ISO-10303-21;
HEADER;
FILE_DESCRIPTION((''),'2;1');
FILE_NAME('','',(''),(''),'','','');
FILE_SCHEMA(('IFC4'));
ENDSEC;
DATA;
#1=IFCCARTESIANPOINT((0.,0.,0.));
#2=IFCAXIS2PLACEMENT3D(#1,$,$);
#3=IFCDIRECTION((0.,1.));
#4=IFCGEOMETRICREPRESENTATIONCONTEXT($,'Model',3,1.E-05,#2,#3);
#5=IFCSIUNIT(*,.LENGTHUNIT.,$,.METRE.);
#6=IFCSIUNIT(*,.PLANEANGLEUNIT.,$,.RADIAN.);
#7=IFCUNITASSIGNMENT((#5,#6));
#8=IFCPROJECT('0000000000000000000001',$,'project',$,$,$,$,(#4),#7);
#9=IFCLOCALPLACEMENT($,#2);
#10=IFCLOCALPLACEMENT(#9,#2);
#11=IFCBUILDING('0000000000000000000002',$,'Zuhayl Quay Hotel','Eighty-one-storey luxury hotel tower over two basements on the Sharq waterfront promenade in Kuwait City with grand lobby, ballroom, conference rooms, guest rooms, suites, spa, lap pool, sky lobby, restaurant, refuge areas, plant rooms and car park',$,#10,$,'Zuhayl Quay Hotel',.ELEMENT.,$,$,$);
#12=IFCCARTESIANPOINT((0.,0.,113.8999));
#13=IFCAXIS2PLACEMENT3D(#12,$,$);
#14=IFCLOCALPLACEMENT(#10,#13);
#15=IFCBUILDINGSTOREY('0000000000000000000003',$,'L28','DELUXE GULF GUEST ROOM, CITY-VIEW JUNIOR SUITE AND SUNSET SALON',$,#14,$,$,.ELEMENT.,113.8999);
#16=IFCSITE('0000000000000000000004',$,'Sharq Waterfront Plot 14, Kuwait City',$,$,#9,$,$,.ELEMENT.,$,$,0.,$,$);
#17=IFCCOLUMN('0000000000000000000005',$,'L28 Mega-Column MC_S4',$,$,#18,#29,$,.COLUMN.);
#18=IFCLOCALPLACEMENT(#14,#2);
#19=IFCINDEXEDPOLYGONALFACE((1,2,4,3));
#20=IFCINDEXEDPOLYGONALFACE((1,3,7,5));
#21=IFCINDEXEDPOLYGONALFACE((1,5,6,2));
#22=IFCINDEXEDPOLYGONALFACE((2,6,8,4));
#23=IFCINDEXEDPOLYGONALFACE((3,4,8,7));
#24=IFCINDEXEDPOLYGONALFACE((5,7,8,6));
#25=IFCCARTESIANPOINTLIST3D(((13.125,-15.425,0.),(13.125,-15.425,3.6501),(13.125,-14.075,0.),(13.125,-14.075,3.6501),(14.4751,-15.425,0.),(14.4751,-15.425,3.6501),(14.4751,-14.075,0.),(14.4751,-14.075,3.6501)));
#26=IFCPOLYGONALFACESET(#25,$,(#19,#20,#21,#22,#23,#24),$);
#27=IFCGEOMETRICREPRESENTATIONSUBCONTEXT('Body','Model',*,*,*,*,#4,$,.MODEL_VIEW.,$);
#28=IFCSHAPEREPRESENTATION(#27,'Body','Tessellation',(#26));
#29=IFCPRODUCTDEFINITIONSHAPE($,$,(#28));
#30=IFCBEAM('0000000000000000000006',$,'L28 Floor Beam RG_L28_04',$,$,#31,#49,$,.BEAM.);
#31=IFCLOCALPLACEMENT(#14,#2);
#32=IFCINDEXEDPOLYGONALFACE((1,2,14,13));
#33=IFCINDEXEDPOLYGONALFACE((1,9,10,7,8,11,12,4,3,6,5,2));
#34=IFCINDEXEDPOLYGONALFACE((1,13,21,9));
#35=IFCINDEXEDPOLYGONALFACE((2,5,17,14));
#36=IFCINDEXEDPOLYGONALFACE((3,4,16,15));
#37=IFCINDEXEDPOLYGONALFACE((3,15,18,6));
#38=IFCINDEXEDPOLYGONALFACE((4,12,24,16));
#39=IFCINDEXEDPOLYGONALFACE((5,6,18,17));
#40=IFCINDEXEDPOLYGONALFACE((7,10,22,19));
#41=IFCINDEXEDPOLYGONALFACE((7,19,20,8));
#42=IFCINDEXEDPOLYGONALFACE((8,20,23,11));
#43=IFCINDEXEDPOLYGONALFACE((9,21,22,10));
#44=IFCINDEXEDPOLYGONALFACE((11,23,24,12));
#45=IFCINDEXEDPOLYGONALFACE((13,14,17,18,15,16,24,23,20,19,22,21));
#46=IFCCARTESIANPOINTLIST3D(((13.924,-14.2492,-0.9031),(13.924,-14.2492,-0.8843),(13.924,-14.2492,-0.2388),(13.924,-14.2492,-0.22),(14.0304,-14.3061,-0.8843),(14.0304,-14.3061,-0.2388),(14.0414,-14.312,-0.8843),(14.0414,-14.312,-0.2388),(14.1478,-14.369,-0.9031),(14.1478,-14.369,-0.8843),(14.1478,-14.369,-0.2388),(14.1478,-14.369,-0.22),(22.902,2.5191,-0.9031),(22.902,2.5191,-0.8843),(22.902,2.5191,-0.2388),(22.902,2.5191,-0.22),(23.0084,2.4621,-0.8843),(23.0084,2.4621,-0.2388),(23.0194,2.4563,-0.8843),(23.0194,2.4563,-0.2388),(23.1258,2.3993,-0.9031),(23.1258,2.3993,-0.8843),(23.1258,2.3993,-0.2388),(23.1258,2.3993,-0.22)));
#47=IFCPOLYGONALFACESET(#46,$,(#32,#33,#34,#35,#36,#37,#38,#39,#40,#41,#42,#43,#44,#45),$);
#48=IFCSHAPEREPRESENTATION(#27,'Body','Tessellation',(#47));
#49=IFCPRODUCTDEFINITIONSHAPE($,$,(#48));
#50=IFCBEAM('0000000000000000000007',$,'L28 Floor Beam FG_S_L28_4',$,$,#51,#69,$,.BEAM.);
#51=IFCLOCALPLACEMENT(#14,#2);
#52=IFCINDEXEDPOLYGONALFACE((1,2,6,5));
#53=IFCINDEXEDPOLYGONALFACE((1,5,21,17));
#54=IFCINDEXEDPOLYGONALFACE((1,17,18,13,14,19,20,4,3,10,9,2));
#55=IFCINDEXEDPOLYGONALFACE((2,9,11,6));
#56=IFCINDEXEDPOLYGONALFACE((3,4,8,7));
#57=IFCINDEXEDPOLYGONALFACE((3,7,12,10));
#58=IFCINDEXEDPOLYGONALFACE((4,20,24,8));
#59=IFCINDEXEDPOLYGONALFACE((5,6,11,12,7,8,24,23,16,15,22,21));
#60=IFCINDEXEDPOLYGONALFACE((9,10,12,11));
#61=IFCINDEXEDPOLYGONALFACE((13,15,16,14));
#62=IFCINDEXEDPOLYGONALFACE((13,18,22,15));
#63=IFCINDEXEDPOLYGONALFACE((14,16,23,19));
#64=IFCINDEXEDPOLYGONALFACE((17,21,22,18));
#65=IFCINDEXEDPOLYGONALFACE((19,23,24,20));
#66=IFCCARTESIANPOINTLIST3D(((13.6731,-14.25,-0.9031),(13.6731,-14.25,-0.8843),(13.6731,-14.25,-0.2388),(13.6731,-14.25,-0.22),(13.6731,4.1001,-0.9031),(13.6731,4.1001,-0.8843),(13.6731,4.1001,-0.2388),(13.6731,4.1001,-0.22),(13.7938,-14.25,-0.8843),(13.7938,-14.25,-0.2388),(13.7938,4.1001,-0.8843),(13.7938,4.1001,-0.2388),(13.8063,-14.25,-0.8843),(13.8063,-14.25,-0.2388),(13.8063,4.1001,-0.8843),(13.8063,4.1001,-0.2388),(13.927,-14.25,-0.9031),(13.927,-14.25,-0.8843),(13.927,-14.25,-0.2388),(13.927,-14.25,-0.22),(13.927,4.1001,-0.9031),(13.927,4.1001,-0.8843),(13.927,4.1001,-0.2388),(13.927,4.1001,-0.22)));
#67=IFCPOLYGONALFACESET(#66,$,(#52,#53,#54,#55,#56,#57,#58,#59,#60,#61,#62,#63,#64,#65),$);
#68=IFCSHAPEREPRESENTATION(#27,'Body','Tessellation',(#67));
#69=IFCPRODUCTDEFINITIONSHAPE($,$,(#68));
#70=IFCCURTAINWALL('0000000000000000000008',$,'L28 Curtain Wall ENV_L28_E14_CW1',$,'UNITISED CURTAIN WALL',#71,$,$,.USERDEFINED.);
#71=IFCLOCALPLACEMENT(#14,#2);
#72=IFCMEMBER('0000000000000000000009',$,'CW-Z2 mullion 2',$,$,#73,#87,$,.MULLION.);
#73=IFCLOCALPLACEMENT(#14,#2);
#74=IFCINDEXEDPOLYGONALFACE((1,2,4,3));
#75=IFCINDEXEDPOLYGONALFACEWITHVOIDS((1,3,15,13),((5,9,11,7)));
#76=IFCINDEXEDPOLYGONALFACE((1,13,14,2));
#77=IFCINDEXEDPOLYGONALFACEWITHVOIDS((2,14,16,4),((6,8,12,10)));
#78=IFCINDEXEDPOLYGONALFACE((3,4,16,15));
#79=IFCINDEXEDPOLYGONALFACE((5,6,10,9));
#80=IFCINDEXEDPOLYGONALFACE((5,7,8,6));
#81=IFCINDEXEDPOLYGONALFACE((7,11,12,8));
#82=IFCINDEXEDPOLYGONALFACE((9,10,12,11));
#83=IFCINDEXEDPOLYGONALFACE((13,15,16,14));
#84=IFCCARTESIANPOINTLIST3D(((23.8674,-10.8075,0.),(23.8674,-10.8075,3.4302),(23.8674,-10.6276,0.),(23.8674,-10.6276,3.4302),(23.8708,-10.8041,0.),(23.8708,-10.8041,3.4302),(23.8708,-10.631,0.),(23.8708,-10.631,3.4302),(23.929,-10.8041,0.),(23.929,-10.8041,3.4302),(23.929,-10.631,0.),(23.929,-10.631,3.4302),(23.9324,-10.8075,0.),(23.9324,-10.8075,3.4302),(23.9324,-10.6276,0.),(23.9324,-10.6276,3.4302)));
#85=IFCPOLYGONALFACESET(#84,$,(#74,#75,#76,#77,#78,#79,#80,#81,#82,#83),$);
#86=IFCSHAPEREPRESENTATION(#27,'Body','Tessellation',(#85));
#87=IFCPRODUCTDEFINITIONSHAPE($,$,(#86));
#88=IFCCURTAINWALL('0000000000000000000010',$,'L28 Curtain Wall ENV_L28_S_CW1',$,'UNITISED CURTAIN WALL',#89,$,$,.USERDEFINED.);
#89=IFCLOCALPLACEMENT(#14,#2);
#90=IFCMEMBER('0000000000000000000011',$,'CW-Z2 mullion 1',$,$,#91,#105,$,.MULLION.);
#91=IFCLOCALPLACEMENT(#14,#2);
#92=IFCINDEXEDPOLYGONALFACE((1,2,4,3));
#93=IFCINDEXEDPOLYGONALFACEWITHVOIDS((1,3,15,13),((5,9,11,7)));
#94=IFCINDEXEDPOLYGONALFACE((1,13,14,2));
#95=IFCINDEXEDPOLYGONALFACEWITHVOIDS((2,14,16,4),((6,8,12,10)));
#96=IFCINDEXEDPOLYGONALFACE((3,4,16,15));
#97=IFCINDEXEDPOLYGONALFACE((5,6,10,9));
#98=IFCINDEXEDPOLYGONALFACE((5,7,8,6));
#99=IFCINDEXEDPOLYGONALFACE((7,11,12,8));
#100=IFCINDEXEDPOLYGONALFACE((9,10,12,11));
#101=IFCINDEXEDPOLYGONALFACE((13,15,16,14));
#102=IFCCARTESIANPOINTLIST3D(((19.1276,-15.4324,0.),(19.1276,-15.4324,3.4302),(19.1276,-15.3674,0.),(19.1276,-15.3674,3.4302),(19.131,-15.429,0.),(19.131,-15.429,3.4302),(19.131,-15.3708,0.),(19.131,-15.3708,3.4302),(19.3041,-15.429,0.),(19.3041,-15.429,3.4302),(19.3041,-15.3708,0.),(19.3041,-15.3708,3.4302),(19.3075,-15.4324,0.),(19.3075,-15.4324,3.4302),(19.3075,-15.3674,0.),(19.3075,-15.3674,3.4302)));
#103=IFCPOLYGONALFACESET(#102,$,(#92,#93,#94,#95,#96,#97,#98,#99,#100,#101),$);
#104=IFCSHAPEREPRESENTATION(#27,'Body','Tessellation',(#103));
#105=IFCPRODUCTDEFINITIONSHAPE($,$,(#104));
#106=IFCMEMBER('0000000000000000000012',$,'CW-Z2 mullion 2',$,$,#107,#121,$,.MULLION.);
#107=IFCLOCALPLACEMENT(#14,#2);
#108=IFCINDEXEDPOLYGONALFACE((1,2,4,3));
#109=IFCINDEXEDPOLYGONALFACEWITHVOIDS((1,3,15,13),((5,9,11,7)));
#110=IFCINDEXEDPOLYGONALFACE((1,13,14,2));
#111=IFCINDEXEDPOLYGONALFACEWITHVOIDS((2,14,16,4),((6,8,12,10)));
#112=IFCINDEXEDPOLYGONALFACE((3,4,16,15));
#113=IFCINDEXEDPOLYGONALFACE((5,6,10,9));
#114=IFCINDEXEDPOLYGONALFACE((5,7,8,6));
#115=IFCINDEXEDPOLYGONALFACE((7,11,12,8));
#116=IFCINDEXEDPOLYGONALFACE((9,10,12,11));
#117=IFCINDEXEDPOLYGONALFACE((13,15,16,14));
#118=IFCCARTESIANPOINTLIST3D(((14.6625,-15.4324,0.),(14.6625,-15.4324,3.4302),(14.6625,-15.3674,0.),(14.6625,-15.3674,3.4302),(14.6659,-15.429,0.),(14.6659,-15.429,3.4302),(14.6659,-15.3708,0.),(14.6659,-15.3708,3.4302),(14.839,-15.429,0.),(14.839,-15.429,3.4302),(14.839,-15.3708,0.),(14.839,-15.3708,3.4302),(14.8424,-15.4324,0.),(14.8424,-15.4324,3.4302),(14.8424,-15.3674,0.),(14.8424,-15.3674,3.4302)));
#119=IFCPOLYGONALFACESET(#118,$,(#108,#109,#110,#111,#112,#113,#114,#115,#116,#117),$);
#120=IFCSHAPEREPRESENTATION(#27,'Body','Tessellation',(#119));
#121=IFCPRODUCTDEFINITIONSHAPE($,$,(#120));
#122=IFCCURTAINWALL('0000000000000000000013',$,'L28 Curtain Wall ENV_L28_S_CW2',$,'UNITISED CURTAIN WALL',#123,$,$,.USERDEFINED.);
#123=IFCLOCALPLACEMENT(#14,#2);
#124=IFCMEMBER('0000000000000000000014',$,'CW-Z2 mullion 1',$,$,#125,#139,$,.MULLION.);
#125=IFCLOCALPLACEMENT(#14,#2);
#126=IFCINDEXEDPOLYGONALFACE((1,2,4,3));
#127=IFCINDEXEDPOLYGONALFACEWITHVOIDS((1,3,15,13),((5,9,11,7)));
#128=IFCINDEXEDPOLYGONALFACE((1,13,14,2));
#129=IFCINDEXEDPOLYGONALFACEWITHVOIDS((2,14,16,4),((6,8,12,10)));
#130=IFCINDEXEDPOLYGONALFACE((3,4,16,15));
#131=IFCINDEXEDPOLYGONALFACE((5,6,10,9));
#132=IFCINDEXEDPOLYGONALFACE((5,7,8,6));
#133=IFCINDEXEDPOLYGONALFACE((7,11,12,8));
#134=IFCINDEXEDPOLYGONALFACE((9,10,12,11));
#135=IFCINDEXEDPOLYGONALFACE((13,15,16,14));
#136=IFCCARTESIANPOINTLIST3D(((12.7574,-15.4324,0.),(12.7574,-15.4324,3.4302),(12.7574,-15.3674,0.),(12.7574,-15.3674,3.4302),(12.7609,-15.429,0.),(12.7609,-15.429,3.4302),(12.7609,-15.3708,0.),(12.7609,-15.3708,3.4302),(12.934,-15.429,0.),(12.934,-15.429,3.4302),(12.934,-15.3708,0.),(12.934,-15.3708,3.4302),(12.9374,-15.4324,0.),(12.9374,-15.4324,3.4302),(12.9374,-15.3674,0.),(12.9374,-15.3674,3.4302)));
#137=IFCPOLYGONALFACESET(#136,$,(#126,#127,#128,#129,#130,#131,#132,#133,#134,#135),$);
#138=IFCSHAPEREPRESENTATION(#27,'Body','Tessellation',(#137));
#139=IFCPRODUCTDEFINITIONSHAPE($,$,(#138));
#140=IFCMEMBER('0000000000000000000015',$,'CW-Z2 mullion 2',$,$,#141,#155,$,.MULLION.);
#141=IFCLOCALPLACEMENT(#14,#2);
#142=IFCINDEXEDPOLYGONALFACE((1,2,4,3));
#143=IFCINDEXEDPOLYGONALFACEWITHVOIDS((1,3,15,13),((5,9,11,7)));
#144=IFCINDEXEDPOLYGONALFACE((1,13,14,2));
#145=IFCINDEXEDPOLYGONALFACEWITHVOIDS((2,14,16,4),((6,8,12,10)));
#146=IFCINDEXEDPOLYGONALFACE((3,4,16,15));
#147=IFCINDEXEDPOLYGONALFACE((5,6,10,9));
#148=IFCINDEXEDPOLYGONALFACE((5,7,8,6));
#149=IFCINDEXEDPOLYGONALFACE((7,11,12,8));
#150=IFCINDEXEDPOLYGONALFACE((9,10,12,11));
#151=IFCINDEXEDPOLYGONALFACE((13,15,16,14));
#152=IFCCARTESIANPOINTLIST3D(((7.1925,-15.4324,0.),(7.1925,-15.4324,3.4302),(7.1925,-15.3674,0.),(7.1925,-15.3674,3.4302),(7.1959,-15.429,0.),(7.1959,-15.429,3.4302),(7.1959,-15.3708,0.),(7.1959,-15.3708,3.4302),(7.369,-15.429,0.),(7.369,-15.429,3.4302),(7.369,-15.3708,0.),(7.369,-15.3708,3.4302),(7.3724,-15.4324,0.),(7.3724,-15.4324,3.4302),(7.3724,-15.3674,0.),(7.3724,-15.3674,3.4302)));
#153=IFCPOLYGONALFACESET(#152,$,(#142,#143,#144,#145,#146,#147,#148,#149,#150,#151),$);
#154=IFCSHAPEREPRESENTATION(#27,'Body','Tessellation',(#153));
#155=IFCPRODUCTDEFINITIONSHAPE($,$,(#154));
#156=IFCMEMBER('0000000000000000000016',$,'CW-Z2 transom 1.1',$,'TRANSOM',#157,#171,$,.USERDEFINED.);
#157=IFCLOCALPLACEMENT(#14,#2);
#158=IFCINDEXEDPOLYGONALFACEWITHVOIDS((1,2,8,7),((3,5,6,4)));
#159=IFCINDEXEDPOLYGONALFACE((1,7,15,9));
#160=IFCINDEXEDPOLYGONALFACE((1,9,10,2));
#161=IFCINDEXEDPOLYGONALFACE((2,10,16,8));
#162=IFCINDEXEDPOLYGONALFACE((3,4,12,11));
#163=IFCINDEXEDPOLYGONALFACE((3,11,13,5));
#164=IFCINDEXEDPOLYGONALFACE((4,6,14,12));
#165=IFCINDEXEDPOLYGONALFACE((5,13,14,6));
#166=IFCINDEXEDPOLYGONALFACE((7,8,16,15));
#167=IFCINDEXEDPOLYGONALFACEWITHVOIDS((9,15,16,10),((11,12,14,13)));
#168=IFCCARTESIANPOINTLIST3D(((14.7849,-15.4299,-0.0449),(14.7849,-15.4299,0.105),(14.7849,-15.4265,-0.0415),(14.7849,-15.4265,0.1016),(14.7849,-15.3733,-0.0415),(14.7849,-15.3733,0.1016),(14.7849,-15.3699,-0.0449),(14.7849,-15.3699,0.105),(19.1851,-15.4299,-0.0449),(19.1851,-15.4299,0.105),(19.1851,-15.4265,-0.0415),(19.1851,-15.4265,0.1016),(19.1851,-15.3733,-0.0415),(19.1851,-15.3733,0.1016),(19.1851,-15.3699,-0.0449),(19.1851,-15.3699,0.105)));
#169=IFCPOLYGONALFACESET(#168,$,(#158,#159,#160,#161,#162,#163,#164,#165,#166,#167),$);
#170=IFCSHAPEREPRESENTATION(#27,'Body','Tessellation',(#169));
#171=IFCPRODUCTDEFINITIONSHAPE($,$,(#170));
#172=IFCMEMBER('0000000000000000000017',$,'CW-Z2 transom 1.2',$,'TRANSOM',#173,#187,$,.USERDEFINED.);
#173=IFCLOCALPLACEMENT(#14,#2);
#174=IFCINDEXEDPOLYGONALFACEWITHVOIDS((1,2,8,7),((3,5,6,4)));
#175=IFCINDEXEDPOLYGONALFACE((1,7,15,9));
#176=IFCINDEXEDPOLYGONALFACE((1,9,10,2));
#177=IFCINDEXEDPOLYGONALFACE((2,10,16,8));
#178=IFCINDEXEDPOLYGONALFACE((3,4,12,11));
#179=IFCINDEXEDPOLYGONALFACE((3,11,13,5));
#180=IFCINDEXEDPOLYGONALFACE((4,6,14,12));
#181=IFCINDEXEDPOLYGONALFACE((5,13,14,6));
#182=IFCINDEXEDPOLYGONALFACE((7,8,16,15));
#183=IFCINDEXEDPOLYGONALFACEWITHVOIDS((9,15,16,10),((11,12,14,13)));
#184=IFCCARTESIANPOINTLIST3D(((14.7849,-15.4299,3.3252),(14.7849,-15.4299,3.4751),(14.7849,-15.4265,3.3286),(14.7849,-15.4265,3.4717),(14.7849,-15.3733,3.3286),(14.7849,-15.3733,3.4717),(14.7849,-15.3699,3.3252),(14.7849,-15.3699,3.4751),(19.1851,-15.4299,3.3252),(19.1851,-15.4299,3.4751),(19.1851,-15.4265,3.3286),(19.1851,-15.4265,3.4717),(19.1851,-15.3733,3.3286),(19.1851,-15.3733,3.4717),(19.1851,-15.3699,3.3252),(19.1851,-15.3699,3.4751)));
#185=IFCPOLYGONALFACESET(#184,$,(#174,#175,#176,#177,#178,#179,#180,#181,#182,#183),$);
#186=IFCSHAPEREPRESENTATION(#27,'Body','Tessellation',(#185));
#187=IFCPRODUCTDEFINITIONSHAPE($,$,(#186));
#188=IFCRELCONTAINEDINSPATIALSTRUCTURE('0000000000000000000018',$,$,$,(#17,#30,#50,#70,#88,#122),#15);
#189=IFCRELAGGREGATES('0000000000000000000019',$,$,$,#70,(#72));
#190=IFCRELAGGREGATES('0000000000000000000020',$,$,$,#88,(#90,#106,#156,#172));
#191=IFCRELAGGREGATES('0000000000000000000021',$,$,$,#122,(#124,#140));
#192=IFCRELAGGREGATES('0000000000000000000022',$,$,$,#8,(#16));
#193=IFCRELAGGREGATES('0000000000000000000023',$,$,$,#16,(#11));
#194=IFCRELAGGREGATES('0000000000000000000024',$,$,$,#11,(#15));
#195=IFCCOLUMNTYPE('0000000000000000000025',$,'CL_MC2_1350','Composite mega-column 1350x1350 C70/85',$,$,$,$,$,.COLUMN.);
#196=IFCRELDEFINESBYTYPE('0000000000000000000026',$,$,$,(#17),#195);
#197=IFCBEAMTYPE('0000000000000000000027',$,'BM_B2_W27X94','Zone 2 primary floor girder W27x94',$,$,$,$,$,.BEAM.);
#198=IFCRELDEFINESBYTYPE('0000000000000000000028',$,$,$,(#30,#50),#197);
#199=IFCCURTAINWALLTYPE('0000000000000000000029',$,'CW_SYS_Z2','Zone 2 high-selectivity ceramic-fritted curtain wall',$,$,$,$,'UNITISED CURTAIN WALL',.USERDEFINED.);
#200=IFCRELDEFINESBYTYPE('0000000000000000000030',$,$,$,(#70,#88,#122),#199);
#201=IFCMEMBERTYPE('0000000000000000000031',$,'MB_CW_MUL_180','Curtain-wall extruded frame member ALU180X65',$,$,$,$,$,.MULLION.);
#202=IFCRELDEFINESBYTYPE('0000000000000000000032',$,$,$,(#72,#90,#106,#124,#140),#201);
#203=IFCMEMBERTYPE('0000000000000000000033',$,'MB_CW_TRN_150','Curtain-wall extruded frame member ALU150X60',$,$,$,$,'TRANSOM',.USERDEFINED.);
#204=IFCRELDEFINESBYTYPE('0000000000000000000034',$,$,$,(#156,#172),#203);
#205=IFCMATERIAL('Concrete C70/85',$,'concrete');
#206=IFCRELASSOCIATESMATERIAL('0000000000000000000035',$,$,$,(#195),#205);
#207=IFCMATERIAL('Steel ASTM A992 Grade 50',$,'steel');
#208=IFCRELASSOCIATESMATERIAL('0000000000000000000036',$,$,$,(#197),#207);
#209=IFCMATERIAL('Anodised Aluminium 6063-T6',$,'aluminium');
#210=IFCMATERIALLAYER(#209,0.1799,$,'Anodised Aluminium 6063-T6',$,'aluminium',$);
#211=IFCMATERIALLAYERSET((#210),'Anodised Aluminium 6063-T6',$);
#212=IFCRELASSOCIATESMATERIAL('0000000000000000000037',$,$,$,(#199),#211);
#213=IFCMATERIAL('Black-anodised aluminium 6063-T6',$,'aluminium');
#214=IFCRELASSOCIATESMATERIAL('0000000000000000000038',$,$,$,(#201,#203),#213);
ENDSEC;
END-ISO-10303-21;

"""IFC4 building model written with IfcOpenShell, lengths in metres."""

from ifc_helpers import new_model, si_unit, direction, frame, origin, origin_2d, place, context, subcontext, project, spatial, rectangle, hollow_rectangle, i_section, extrude, material, layer, layer_set, material_profile, profile_set, type_object, element, aggregate, save


model = new_model("IFC4")

# Units and contexts
model_context = context("Model", 3, precision=1e-05, world=origin(), true_north=direction((0.0, 1.0)))
body_context = subcontext(model_context, "Body", "Model", "MODEL_VIEW")
ifc_project = project(units=[si_unit("LENGTHUNIT", "METRE"), si_unit("PLANEANGLEUNIT", "RADIAN")], contexts=[model_context])

# Site, building, storey
site_placement = place(None, origin())
site = spatial("IfcSite", under=ifc_project, at=site_placement, Name="Sharq Waterfront Plot 14, Kuwait City", CompositionType="ELEMENT", RefElevation=0.0)
building_placement = place(site_placement, origin())
building = spatial("IfcBuilding", under=site, at=building_placement, Name="Zuhayl Quay Hotel", Description="Eighty-one-storey luxury hotel tower over two basements on the Sharq waterfront promenade in Kuwait City with grand lobby, ballroom, conference rooms, guest rooms, suites, spa, lap pool, sky lobby, restaurant, refuge areas, plant rooms and car park", LongName="Zuhayl Quay Hotel", CompositionType="ELEMENT")
storey_placement = place(building_placement, frame((0.0, 0.0, 113.8999)))
storey = spatial("IfcBuildingStorey", under=building, at=storey_placement, Name="L28", Description="DELUXE GULF GUEST ROOM, CITY-VIEW JUNIOR SUITE AND SUNSET SALON", CompositionType="ELEMENT", Elevation=113.8999)

# Column
ifc_material_1 = material(Name="Concrete C70/85", Category="concrete")
ifc_material_profile_1 = material_profile(ifc_material_1, rectangle(XDim=1.3501, YDim=1.3501, at=origin_2d()), Name="RC1350X1350")
ifc_profile_set_1 = profile_set([ifc_material_profile_1], Name="Concrete C70/85")
column_type = type_object("IfcColumnType", Name="CL_MC2_1350", Description="Composite mega-column 1350x1350 C70/85", PredefinedType="COLUMN", material=ifc_profile_set_1)
column_placement = place(storey_placement, frame((13.8, -14.75, 0.0), z_axis=(0.0, 0.0, 1.0), x_axis=(1.0, 0.0, 0.0)))
element("IfcColumn", 1, at=column_placement, inside=storey, type_object=column_type, Name="L28 Mega-Column MC_S4", PredefinedType="COLUMN", context=body_context, shape_type="SweptSolid", body=[
    extrude(rectangle(XDim=1.3501, YDim=1.3501, at=origin_2d()), origin(), (0.0, 0.0, 1.0), 3.6501),
])

# Beams
ifc_material_2 = material(Name="Steel ASTM A992 Grade 50", Category="steel")
ifc_material_profile_2 = material_profile(ifc_material_2, i_section(OverallWidth=0.2539, OverallDepth=0.6831, WebThickness=0.0125, FlangeThickness=0.0188, at=origin_2d()), Name="W27X94")
ifc_profile_set_2 = profile_set([ifc_material_profile_2], Name="Steel ASTM A992 Grade 50")
beam_type = type_object("IfcBeamType", Name="BM_B2_W27X94", Description="Zone 2 primary floor girder W27x94", PredefinedType="BEAM", material=ifc_profile_set_2)
beam_1_placement = place(storey_placement, frame((14.0359, -14.3091, -0.5615), z_axis=(0.472017, 0.881589, 0.0), x_axis=(-0.881589, 0.472017, 0.0)))
element("IfcBeam", 2, at=beam_1_placement, inside=storey, type_object=beam_type, Name="L28 Floor Beam RG_L28_04", PredefinedType="BEAM", context=body_context, shape_type="SweptSolid", body=[
    extrude(i_section(OverallWidth=0.2539, OverallDepth=0.6831, WebThickness=0.0125, FlangeThickness=0.0188, at=origin_2d()), origin(), (0.0, 0.0, 1.0), 19.0205),
])
beam_2_placement = place(storey_placement, frame((13.8, -14.25, -0.5615), z_axis=(0.0, 1.0, 0.0), x_axis=(-1.0, 0.0, 0.0)))
element("IfcBeam", 3, at=beam_2_placement, inside=storey, type_object=beam_type, Name="L28 Floor Beam FG_S_L28_4", PredefinedType="BEAM", context=body_context, shape_type="SweptSolid", body=[
    extrude(i_section(OverallWidth=0.2539, OverallDepth=0.6831, WebThickness=0.0125, FlangeThickness=0.0188, at=origin_2d()), origin(), (0.0, 0.0, 1.0), 18.3501),
])

# Curtain wall, member
ifc_material_3 = material(Name="Anodised Aluminium 6063-T6", Category="aluminium")
ifc_layer_1 = layer(ifc_material_3, 0.1799, Name="Anodised Aluminium 6063-T6", Category="aluminium")
ifc_layer_set_1 = layer_set([ifc_layer_1], Name="Anodised Aluminium 6063-T6")
curtain_wall_type = type_object("IfcCurtainWallType", Name="CW_SYS_Z2", Description="Zone 2 high-selectivity ceramic-fritted curtain wall", ElementType="UNITISED CURTAIN WALL", PredefinedType="USERDEFINED", material=ifc_layer_set_1)
curtain_wall_1_placement = place(storey_placement, origin())
curtain_wall_1 = element("IfcCurtainWall", 4, at=curtain_wall_1_placement, inside=storey, type_object=curtain_wall_type, Name="L28 Curtain Wall ENV_L28_E14_CW1", ObjectType="UNITISED CURTAIN WALL", PredefinedType="USERDEFINED")
ifc_material_4 = material(Name="Black-anodised aluminium 6063-T6", Category="aluminium")
ifc_material_profile_3 = material_profile(ifc_material_4, hollow_rectangle(XDim=0.0649, YDim=0.1799, WallThickness=0.0034, at=origin_2d()), Name="ALU180X65")
ifc_profile_set_3 = profile_set([ifc_material_profile_3], Name="Black-anodised aluminium 6063-T6")
member_type_1 = type_object("IfcMemberType", Name="MB_CW_MUL_180", Description="Curtain-wall extruded frame member ALU180X65", PredefinedType="MULLION", material=ifc_profile_set_3)
member_1_placement = place(storey_placement, frame((23.8999, -10.7175, 0.0), z_axis=(0.0, 0.0, 1.0), x_axis=(1.0, 0.0, 0.0)))
member_1 = element("IfcMember", 5, at=member_1_placement, type_object=member_type_1, Name="CW-Z2 mullion 2", PredefinedType="MULLION", context=body_context, shape_type="SweptSolid", body=[
    extrude(hollow_rectangle(XDim=0.0649, YDim=0.1799, WallThickness=0.0034, at=origin_2d()), origin(), (0.0, 0.0, 1.0), 3.4302),
])

# Curtain walls, members
curtain_wall_2_placement = place(storey_placement, origin())
curtain_wall_2 = element("IfcCurtainWall", 6, at=curtain_wall_2_placement, inside=storey, type_object=curtain_wall_type, Name="L28 Curtain Wall ENV_L28_S_CW1", ObjectType="UNITISED CURTAIN WALL", PredefinedType="USERDEFINED")
member_2_placement = place(storey_placement, frame((19.2175, -15.3999, 0.0), z_axis=(0.0, 0.0, 1.0), x_axis=(0.0, -1.0, 0.0)))
member_2 = element("IfcMember", 7, at=member_2_placement, type_object=member_type_1, Name="CW-Z2 mullion 1", PredefinedType="MULLION", context=body_context, shape_type="SweptSolid", body=[
    extrude(hollow_rectangle(XDim=0.0649, YDim=0.1799, WallThickness=0.0034, at=origin_2d()), origin(), (0.0, 0.0, 1.0), 3.4302),
])
member_3_placement = place(storey_placement, frame((14.7524, -15.3999, 0.0), z_axis=(0.0, 0.0, 1.0), x_axis=(0.0, -1.0, 0.0)))
member_3 = element("IfcMember", 8, at=member_3_placement, type_object=member_type_1, Name="CW-Z2 mullion 2", PredefinedType="MULLION", context=body_context, shape_type="SweptSolid", body=[
    extrude(hollow_rectangle(XDim=0.0649, YDim=0.1799, WallThickness=0.0034, at=origin_2d()), origin(), (0.0, 0.0, 1.0), 3.4302),
])
curtain_wall_3_placement = place(storey_placement, origin())
curtain_wall_3 = element("IfcCurtainWall", 9, at=curtain_wall_3_placement, inside=storey, type_object=curtain_wall_type, Name="L28 Curtain Wall ENV_L28_S_CW2", ObjectType="UNITISED CURTAIN WALL", PredefinedType="USERDEFINED")
member_4_placement = place(storey_placement, frame((12.8474, -15.3999, 0.0), z_axis=(0.0, 0.0, 1.0), x_axis=(0.0, -1.0, 0.0)))
member_4 = element("IfcMember", 10, at=member_4_placement, type_object=member_type_1, Name="CW-Z2 mullion 1", PredefinedType="MULLION", context=body_context, shape_type="SweptSolid", body=[
    extrude(hollow_rectangle(XDim=0.0649, YDim=0.1799, WallThickness=0.0034, at=origin_2d()), origin(), (0.0, 0.0, 1.0), 3.4302),
])
member_5_placement = place(storey_placement, frame((7.2825, -15.3999, 0.0), z_axis=(0.0, 0.0, 1.0), x_axis=(0.0, -1.0, 0.0)))
member_5 = element("IfcMember", 11, at=member_5_placement, type_object=member_type_1, Name="CW-Z2 mullion 2", PredefinedType="MULLION", context=body_context, shape_type="SweptSolid", body=[
    extrude(hollow_rectangle(XDim=0.0649, YDim=0.1799, WallThickness=0.0034, at=origin_2d()), origin(), (0.0, 0.0, 1.0), 3.4302),
])

# Members
ifc_material_profile_4 = material_profile(ifc_material_4, hollow_rectangle(XDim=0.0601, YDim=0.1499, WallThickness=0.0034, at=origin_2d()), Name="ALU150X60")
ifc_profile_set_4 = profile_set([ifc_material_profile_4], Name="Black-anodised aluminium 6063-T6")
member_type_2 = type_object("IfcMemberType", Name="MB_CW_TRN_150", Description="Curtain-wall extruded frame member ALU150X60", ElementType="TRANSOM", PredefinedType="USERDEFINED", material=ifc_profile_set_4)
member_6_placement = place(storey_placement, frame((19.1851, -15.3999, 0.03), z_axis=(-1.0, 0.0, 0.0), x_axis=(0.0, -1.0, 0.0)))
member_6 = element("IfcMember", 12, at=member_6_placement, type_object=member_type_2, Name="CW-Z2 transom 1.1", ObjectType="TRANSOM", PredefinedType="USERDEFINED", context=body_context, shape_type="SweptSolid", body=[
    extrude(hollow_rectangle(XDim=0.0601, YDim=0.1499, WallThickness=0.0034, at=origin_2d()), origin(), (0.0, 0.0, 1.0), 4.4001),
])
member_7_placement = place(storey_placement, frame((19.1851, -15.3999, 3.4001), z_axis=(-1.0, 0.0, 0.0), x_axis=(0.0, -1.0, 0.0)))
member_7 = element("IfcMember", 13, at=member_7_placement, type_object=member_type_2, Name="CW-Z2 transom 1.2", ObjectType="TRANSOM", PredefinedType="USERDEFINED", context=body_context, shape_type="SweptSolid", body=[
    extrude(hollow_rectangle(XDim=0.0601, YDim=0.1499, WallThickness=0.0034, at=origin_2d()), origin(), (0.0, 0.0, 1.0), 4.4001),
])

aggregate(curtain_wall_1, [member_1])
aggregate(curtain_wall_2, [member_2, member_3, member_6, member_7])
aggregate(curtain_wall_3, [member_4, member_5])

save(model, "model.ifc")
